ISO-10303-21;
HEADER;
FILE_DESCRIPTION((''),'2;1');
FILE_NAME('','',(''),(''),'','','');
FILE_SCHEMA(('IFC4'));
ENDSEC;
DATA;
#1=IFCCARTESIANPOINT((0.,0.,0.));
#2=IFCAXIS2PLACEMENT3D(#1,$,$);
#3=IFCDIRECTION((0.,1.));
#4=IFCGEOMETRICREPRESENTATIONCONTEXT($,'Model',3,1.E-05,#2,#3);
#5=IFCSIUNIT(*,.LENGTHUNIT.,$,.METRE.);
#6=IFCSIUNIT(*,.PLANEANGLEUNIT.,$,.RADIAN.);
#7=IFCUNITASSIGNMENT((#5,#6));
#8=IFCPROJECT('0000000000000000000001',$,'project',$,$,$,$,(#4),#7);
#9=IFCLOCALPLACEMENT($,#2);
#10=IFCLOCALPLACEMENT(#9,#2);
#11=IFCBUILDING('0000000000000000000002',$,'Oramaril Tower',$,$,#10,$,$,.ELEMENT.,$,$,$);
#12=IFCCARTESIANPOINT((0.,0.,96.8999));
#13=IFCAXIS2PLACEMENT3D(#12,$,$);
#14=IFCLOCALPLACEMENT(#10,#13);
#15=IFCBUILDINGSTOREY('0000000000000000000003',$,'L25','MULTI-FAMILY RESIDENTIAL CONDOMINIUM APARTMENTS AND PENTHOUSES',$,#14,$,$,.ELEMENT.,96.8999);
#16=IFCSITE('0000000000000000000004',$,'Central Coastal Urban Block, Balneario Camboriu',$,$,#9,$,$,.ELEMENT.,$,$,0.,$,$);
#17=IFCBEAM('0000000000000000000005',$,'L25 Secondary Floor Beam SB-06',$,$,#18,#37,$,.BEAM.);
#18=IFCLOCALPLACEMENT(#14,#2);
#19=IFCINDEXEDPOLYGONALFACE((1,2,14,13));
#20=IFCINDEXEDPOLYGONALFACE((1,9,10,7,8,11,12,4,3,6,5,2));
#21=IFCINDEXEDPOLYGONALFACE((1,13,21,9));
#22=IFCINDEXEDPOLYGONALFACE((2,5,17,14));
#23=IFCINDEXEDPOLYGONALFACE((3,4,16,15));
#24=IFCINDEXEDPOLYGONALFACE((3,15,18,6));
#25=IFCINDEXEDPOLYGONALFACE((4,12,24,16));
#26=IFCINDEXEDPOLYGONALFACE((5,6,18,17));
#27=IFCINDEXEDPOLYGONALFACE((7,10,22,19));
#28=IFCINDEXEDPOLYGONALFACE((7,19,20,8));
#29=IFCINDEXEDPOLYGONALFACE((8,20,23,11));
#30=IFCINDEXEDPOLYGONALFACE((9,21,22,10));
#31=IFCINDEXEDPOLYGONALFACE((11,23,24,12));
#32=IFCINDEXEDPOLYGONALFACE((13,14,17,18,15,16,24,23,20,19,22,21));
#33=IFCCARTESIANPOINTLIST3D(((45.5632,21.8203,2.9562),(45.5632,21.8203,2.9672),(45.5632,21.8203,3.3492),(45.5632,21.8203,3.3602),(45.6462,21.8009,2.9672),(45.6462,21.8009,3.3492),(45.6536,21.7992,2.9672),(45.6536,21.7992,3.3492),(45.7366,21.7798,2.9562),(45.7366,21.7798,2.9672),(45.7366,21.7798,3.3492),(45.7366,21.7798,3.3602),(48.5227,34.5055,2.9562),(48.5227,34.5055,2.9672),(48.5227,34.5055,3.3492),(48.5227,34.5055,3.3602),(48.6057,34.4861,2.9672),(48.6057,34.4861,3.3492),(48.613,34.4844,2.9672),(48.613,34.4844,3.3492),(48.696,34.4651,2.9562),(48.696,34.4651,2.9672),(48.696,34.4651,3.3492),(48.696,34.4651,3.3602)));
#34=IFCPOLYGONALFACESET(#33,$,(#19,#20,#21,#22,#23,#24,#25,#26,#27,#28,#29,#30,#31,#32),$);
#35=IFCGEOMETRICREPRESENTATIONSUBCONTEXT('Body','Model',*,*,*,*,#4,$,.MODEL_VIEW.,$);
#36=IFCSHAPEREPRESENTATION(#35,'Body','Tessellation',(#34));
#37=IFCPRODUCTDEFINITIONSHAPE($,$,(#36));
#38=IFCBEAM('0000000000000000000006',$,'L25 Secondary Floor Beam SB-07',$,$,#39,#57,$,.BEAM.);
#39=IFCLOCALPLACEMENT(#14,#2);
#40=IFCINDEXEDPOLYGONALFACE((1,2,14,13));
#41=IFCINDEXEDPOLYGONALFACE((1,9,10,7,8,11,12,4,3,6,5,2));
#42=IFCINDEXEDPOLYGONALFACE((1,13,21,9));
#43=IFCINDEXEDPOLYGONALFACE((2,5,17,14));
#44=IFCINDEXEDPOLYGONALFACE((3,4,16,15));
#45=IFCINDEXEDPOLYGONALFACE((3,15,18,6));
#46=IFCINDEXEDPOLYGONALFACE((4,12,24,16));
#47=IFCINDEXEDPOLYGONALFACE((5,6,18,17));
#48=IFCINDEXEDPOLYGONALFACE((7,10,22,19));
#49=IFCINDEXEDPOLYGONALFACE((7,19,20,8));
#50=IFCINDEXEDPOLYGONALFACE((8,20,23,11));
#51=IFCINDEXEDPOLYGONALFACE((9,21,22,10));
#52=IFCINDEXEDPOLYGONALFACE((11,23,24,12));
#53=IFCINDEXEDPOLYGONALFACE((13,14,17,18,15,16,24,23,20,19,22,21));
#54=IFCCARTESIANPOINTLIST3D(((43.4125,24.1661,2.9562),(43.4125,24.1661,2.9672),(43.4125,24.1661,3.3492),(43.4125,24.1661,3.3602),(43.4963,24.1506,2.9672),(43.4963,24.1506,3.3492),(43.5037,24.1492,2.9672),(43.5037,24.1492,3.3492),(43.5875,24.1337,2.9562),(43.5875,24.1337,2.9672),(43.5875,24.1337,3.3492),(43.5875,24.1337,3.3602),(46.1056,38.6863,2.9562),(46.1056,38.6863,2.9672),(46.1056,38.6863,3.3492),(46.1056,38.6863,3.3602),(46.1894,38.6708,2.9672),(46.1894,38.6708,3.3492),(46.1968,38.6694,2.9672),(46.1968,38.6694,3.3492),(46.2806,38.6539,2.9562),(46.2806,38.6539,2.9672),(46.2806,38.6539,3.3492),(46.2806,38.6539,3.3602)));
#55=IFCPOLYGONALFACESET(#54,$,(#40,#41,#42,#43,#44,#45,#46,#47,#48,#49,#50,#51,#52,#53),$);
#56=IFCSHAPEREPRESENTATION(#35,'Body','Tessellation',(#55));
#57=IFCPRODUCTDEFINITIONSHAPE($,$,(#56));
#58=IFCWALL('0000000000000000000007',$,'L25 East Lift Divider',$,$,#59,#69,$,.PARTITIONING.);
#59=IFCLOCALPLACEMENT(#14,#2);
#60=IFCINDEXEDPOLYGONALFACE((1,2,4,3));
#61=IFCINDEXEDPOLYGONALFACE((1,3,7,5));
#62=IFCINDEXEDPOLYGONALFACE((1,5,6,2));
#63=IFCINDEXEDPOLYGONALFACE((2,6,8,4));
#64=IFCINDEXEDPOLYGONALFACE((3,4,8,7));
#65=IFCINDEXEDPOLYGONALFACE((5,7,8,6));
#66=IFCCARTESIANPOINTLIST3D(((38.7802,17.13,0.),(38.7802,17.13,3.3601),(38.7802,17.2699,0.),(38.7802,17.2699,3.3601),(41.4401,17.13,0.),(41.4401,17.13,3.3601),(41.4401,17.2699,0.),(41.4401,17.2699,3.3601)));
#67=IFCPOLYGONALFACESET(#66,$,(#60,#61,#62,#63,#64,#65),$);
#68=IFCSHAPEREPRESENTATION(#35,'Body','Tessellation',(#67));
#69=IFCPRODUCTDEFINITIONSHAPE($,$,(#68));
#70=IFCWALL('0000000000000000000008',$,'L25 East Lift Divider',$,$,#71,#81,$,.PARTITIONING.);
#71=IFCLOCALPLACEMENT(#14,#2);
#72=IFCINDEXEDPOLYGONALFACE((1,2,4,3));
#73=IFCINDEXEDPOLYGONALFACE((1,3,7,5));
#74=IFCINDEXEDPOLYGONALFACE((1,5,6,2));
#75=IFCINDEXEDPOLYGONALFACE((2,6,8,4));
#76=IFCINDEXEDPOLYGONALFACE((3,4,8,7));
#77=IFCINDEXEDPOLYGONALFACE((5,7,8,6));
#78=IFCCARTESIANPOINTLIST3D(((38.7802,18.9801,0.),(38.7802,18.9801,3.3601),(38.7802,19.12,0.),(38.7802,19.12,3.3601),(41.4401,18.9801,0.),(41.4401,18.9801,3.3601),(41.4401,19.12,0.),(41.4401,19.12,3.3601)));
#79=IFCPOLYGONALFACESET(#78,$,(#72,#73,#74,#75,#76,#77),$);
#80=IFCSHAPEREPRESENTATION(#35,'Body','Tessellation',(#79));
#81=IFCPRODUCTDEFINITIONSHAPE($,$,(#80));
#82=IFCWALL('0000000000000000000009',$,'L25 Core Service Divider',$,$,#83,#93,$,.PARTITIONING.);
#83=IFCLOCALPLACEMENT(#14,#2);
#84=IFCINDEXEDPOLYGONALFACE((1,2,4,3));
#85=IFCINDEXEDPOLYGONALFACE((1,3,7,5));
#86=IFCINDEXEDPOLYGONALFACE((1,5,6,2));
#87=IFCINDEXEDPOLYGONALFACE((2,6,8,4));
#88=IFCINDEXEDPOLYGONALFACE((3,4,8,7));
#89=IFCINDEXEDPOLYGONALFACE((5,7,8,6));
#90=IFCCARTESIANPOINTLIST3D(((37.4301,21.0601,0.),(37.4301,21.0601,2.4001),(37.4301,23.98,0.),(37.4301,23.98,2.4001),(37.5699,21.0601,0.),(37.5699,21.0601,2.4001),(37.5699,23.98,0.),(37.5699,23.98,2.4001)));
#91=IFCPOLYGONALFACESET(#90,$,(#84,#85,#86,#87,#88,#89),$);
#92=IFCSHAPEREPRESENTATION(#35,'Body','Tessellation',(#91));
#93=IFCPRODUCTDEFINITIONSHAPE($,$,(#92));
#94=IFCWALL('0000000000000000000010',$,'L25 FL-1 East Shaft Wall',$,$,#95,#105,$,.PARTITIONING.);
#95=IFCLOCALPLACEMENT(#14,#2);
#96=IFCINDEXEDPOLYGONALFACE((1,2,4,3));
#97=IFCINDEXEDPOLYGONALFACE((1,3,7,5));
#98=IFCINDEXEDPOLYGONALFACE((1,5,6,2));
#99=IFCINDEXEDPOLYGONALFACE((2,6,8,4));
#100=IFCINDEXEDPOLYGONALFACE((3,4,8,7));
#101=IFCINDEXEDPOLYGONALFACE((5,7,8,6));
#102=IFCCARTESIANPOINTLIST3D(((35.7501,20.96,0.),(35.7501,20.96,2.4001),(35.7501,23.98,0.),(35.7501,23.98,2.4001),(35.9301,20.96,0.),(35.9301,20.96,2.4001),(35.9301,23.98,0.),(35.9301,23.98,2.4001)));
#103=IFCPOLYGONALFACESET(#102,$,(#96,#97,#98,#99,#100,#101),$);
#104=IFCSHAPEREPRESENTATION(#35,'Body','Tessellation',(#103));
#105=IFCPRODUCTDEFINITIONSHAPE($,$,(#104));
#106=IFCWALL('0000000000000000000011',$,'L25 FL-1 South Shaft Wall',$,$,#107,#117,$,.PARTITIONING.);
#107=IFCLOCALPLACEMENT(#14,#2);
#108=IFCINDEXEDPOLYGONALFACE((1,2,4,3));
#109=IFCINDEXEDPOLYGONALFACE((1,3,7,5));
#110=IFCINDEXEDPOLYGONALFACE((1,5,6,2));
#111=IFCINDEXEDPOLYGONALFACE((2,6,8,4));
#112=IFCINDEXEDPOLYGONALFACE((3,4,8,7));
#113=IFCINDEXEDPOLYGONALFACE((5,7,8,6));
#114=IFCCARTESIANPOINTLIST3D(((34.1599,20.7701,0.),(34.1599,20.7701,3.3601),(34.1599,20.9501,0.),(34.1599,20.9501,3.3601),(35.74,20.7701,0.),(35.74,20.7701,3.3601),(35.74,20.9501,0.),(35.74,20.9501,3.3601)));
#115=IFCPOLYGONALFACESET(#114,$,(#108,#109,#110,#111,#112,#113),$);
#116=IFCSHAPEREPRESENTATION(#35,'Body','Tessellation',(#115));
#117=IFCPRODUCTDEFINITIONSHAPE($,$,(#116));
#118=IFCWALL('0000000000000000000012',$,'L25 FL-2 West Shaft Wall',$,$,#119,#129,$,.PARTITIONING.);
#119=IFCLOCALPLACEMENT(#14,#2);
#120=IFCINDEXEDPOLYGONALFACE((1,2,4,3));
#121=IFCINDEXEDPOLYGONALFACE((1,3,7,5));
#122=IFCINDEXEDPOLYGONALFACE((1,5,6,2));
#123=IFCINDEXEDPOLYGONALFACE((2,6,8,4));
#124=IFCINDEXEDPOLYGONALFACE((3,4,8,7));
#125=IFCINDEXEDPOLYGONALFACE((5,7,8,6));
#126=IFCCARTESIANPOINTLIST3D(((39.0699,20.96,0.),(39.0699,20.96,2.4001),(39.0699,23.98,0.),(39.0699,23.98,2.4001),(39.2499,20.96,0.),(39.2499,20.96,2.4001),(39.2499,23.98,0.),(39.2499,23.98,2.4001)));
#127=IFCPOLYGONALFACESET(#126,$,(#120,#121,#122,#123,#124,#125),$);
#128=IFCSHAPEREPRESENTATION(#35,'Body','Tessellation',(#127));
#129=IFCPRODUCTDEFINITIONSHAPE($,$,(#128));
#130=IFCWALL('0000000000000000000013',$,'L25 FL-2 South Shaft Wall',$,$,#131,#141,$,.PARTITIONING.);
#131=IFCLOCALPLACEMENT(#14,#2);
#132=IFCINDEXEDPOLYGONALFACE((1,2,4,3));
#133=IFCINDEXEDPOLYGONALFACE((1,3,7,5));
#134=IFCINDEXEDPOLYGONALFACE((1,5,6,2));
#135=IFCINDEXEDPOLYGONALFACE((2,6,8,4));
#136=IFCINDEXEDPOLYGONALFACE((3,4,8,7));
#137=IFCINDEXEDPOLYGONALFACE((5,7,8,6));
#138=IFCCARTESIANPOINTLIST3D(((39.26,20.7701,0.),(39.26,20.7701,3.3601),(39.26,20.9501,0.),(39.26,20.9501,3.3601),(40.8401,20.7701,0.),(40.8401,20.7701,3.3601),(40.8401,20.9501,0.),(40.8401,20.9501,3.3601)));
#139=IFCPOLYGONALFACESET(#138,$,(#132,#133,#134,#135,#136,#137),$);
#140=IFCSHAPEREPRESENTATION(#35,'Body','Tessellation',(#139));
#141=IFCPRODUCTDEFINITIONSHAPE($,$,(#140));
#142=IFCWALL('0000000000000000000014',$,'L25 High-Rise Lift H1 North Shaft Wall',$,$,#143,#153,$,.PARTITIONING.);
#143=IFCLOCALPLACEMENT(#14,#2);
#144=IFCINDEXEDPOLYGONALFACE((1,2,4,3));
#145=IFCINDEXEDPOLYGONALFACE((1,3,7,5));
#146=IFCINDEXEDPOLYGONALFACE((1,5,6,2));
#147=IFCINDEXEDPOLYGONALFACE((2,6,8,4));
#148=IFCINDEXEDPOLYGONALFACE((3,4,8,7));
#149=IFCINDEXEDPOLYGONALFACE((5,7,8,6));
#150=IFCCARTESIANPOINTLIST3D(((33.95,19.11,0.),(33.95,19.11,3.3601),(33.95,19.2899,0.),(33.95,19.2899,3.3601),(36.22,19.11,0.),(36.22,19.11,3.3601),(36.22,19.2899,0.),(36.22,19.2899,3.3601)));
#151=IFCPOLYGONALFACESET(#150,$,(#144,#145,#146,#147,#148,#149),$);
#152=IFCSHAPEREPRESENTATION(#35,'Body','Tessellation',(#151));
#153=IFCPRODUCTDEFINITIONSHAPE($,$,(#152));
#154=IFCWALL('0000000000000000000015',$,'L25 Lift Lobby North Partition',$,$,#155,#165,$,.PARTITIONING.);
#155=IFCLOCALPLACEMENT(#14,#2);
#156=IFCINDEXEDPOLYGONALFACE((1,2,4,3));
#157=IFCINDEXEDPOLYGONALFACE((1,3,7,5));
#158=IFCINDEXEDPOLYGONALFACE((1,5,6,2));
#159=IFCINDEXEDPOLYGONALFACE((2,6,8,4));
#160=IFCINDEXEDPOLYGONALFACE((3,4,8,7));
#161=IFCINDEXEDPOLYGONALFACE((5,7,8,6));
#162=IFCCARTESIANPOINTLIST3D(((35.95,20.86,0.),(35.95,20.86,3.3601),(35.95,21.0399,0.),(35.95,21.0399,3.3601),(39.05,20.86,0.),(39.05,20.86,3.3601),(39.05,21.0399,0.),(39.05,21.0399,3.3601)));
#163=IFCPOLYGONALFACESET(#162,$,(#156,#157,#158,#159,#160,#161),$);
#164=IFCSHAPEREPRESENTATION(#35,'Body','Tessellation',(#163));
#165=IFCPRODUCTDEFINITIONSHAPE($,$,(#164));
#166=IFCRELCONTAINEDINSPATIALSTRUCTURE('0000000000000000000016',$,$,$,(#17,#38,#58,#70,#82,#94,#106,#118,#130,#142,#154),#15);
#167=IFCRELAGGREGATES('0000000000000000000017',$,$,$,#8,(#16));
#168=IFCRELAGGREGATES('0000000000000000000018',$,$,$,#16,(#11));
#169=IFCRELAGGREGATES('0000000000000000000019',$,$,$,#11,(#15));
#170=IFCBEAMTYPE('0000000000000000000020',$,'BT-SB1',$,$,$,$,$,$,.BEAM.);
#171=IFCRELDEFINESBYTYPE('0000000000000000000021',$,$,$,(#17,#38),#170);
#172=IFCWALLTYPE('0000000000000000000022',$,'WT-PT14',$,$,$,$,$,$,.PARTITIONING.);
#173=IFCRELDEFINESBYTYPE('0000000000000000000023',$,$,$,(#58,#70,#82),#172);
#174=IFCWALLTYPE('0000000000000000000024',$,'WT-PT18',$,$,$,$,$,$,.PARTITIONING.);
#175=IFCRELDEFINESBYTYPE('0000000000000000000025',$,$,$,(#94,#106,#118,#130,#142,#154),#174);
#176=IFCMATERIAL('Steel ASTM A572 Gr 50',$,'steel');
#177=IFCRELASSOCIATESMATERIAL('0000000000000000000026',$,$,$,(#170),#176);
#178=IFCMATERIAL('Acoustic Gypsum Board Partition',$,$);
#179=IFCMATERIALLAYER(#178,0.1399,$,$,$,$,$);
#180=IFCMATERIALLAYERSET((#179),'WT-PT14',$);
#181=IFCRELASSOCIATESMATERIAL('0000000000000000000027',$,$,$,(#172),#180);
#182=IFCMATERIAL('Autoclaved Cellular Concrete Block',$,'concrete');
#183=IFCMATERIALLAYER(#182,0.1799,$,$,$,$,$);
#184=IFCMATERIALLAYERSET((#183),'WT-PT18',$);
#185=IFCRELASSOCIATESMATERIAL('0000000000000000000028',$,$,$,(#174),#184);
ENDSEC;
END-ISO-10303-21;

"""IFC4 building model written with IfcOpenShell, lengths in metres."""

from ifc_helpers import new_model, si_unit, direction, frame, frame_2d, origin, origin_2d, place, context, subcontext, project, spatial, rectangle, i_section, extrude, material, layer, layer_set, material_profile, profile_set, type_object, element, save


model = new_model("IFC4")

# Units and contexts
model_context = context("Model", 3, precision=1e-05, world=origin(), true_north=direction((0.0, 1.0)))
body_context = subcontext(model_context, "Body", "Model", "MODEL_VIEW")
ifc_project = project(units=[si_unit("LENGTHUNIT", "METRE"), si_unit("PLANEANGLEUNIT", "RADIAN")], contexts=[model_context])

# Site, building, storey
site_placement = place(None, origin())
site = spatial("IfcSite", under=ifc_project, at=site_placement, Name="Central Coastal Urban Block, Balneario Camboriu", CompositionType="ELEMENT", RefElevation=0.0)
building_placement = place(site_placement, origin())
building = spatial("IfcBuilding", under=site, at=building_placement, Name="Oramaril Tower", CompositionType="ELEMENT")
storey_placement = place(building_placement, frame((0.0, 0.0, 96.8999)))
storey = spatial("IfcBuildingStorey", under=building, at=storey_placement, Name="L25", Description="MULTI-FAMILY RESIDENTIAL CONDOMINIUM APARTMENTS AND PENTHOUSES", CompositionType="ELEMENT", Elevation=96.8999)

# Beams
ifc_material_1 = material(Name="Steel ASTM A572 Gr 50", Category="steel")
ifc_material_profile = material_profile(ifc_material_1, i_section(OverallWidth=0.178, OverallDepth=0.4041, WebThickness=0.0076, FlangeThickness=0.011, at=origin_2d()), Name="W16X36")
ifc_profile_set = profile_set([ifc_material_profile], Name="Steel ASTM A572 Gr 50")
beam_type = type_object("IfcBeamType", Name="BT-SB1", PredefinedType="BEAM", material=ifc_profile_set)
beam_1_placement = place(storey_placement, frame((45.6499, 21.8, 3.1582), z_axis=(0.227198, 0.973849, 0.0), x_axis=(-0.973849, 0.227198, 0.0)))
element("IfcBeam", 1, at=beam_1_placement, inside=storey, type_object=beam_type, Name="L25 Secondary Floor Beam SB-06", PredefinedType="BEAM", context=body_context, shape_type="SweptSolid", body=[
    extrude(i_section(OverallWidth=0.178, OverallDepth=0.4041, WebThickness=0.0076, FlangeThickness=0.011, at=origin_2d()), origin(), (0.0, 0.0, 1.0), 13.0259),
])
beam_2_placement = place(storey_placement, frame((43.5, 24.1499, 3.1582), z_axis=(0.182363, 0.983231, 0.0), x_axis=(-0.983231, 0.182363, 0.0)))
element("IfcBeam", 2, at=beam_2_placement, inside=storey, type_object=beam_type, Name="L25 Secondary Floor Beam SB-07", PredefinedType="BEAM", context=body_context, shape_type="SweptSolid", body=[
    extrude(i_section(OverallWidth=0.178, OverallDepth=0.4041, WebThickness=0.0076, FlangeThickness=0.011, at=origin_2d()), origin(), (0.0, 0.0, 1.0), 14.7678),
])

# Walls
ifc_material_2 = material(Name="Acoustic Gypsum Board Partition")
ifc_layer_1 = layer(ifc_material_2, 0.1399)
ifc_layer_set_1 = layer_set([ifc_layer_1], Name="WT-PT14")
wall_type_1 = type_object("IfcWallType", Name="WT-PT14", PredefinedType="PARTITIONING", material=ifc_layer_set_1)
for number, where, z_axis, x_axis, name in (
    (3, (38.78, 17.2, 0.0), (0.0, 0.0, 1.0), (1.0, 0.0, 0.0), "L25 East Lift Divider"),
    (4, (38.78, 19.05, 0.0), (0.0, 0.0, 1.0), (1.0, 0.0, 0.0), "L25 East Lift Divider"),
):
    element("IfcWall", number, at=place(storey_placement, frame(where, z_axis=z_axis, x_axis=x_axis)), inside=storey, type_object=wall_type_1, Name=name, PredefinedType="PARTITIONING", context=body_context, shape_type="SweptSolid", body=[
        extrude(rectangle(XDim=2.6599, YDim=0.1399, at=frame_2d((1.3301, 0.0))), origin(), (0.0, 0.0, 1.0), 3.3601),
    ])
wall_1_placement = place(storey_placement, frame((37.5, 21.0601, 0.0), z_axis=(0.0, 0.0, 1.0), x_axis=(0.0, 1.0, 0.0)))
element("IfcWall", 5, at=wall_1_placement, inside=storey, type_object=wall_type_1, Name="L25 Core Service Divider", PredefinedType="PARTITIONING", context=body_context, shape_type="SweptSolid", body=[
    extrude(rectangle(XDim=2.9199, YDim=0.1399, at=frame_2d((1.46, 0.0))), origin(), (0.0, 0.0, 1.0), 2.4001),
])
ifc_material_3 = material(Name="Autoclaved Cellular Concrete Block", Category="concrete")
ifc_layer_2 = layer(ifc_material_3, 0.1799)
ifc_layer_set_2 = layer_set([ifc_layer_2], Name="WT-PT18")
wall_type_2 = type_object("IfcWallType", Name="WT-PT18", PredefinedType="PARTITIONING", material=ifc_layer_set_2)
wall_2_placement = place(storey_placement, frame((35.8401, 20.96, 0.0), z_axis=(0.0, 0.0, 1.0), x_axis=(0.0, 1.0, 0.0)))
element("IfcWall", 6, at=wall_2_placement, inside=storey, type_object=wall_type_2, Name="L25 FL-1 East Shaft Wall", PredefinedType="PARTITIONING", context=body_context, shape_type="SweptSolid", body=[
    extrude(rectangle(XDim=3.02, YDim=0.1799, at=frame_2d((1.51, 0.0))), origin(), (0.0, 0.0, 1.0), 2.4001),
])
wall_3_placement = place(storey_placement, frame((34.1599, 20.8601, 0.0), z_axis=(0.0, 0.0, 1.0), x_axis=(1.0, 0.0, 0.0)))
element("IfcWall", 7, at=wall_3_placement, inside=storey, type_object=wall_type_2, Name="L25 FL-1 South Shaft Wall", PredefinedType="PARTITIONING", context=body_context, shape_type="SweptSolid", body=[
    extrude(rectangle(XDim=1.5801, YDim=0.1799, at=frame_2d((0.79, 0.0))), origin(), (0.0, 0.0, 1.0), 3.3601),
])
wall_4_placement = place(storey_placement, frame((39.1599, 20.96, 0.0), z_axis=(0.0, 0.0, 1.0), x_axis=(0.0, 1.0, 0.0)))
element("IfcWall", 8, at=wall_4_placement, inside=storey, type_object=wall_type_2, Name="L25 FL-2 West Shaft Wall", PredefinedType="PARTITIONING", context=body_context, shape_type="SweptSolid", body=[
    extrude(rectangle(XDim=3.02, YDim=0.1799, at=frame_2d((1.51, 0.0))), origin(), (0.0, 0.0, 1.0), 2.4001),
])
wall_5_placement = place(storey_placement, frame((39.26, 20.8601, 0.0), z_axis=(0.0, 0.0, 1.0), x_axis=(1.0, 0.0, 0.0)))
element("IfcWall", 9, at=wall_5_placement, inside=storey, type_object=wall_type_2, Name="L25 FL-2 South Shaft Wall", PredefinedType="PARTITIONING", context=body_context, shape_type="SweptSolid", body=[
    extrude(rectangle(XDim=1.5801, YDim=0.1799, at=frame_2d((0.79, 0.0))), origin(), (0.0, 0.0, 1.0), 3.3601),
])
wall_6_placement = place(storey_placement, frame((33.95, 19.2, 0.0), z_axis=(0.0, 0.0, 1.0), x_axis=(1.0, 0.0, 0.0)))
element("IfcWall", 10, at=wall_6_placement, inside=storey, type_object=wall_type_2, Name="L25 High-Rise Lift H1 North Shaft Wall", PredefinedType="PARTITIONING", context=body_context, shape_type="SweptSolid", body=[
    extrude(rectangle(XDim=2.27, YDim=0.1799, at=frame_2d((1.135, 0.0))), origin(), (0.0, 0.0, 1.0), 3.3601),
])
wall_7_placement = place(storey_placement, frame((35.95, 20.95, 0.0), z_axis=(0.0, 0.0, 1.0), x_axis=(1.0, 0.0, 0.0)))
element("IfcWall", 11, at=wall_7_placement, inside=storey, type_object=wall_type_2, Name="L25 Lift Lobby North Partition", PredefinedType="PARTITIONING", context=body_context, shape_type="SweptSolid", body=[
    extrude(rectangle(XDim=3.1001, YDim=0.1799, at=frame_2d((1.55, 0.0))), origin(), (0.0, 0.0, 1.0), 3.3601),
])

save(model, "model.ifc")
